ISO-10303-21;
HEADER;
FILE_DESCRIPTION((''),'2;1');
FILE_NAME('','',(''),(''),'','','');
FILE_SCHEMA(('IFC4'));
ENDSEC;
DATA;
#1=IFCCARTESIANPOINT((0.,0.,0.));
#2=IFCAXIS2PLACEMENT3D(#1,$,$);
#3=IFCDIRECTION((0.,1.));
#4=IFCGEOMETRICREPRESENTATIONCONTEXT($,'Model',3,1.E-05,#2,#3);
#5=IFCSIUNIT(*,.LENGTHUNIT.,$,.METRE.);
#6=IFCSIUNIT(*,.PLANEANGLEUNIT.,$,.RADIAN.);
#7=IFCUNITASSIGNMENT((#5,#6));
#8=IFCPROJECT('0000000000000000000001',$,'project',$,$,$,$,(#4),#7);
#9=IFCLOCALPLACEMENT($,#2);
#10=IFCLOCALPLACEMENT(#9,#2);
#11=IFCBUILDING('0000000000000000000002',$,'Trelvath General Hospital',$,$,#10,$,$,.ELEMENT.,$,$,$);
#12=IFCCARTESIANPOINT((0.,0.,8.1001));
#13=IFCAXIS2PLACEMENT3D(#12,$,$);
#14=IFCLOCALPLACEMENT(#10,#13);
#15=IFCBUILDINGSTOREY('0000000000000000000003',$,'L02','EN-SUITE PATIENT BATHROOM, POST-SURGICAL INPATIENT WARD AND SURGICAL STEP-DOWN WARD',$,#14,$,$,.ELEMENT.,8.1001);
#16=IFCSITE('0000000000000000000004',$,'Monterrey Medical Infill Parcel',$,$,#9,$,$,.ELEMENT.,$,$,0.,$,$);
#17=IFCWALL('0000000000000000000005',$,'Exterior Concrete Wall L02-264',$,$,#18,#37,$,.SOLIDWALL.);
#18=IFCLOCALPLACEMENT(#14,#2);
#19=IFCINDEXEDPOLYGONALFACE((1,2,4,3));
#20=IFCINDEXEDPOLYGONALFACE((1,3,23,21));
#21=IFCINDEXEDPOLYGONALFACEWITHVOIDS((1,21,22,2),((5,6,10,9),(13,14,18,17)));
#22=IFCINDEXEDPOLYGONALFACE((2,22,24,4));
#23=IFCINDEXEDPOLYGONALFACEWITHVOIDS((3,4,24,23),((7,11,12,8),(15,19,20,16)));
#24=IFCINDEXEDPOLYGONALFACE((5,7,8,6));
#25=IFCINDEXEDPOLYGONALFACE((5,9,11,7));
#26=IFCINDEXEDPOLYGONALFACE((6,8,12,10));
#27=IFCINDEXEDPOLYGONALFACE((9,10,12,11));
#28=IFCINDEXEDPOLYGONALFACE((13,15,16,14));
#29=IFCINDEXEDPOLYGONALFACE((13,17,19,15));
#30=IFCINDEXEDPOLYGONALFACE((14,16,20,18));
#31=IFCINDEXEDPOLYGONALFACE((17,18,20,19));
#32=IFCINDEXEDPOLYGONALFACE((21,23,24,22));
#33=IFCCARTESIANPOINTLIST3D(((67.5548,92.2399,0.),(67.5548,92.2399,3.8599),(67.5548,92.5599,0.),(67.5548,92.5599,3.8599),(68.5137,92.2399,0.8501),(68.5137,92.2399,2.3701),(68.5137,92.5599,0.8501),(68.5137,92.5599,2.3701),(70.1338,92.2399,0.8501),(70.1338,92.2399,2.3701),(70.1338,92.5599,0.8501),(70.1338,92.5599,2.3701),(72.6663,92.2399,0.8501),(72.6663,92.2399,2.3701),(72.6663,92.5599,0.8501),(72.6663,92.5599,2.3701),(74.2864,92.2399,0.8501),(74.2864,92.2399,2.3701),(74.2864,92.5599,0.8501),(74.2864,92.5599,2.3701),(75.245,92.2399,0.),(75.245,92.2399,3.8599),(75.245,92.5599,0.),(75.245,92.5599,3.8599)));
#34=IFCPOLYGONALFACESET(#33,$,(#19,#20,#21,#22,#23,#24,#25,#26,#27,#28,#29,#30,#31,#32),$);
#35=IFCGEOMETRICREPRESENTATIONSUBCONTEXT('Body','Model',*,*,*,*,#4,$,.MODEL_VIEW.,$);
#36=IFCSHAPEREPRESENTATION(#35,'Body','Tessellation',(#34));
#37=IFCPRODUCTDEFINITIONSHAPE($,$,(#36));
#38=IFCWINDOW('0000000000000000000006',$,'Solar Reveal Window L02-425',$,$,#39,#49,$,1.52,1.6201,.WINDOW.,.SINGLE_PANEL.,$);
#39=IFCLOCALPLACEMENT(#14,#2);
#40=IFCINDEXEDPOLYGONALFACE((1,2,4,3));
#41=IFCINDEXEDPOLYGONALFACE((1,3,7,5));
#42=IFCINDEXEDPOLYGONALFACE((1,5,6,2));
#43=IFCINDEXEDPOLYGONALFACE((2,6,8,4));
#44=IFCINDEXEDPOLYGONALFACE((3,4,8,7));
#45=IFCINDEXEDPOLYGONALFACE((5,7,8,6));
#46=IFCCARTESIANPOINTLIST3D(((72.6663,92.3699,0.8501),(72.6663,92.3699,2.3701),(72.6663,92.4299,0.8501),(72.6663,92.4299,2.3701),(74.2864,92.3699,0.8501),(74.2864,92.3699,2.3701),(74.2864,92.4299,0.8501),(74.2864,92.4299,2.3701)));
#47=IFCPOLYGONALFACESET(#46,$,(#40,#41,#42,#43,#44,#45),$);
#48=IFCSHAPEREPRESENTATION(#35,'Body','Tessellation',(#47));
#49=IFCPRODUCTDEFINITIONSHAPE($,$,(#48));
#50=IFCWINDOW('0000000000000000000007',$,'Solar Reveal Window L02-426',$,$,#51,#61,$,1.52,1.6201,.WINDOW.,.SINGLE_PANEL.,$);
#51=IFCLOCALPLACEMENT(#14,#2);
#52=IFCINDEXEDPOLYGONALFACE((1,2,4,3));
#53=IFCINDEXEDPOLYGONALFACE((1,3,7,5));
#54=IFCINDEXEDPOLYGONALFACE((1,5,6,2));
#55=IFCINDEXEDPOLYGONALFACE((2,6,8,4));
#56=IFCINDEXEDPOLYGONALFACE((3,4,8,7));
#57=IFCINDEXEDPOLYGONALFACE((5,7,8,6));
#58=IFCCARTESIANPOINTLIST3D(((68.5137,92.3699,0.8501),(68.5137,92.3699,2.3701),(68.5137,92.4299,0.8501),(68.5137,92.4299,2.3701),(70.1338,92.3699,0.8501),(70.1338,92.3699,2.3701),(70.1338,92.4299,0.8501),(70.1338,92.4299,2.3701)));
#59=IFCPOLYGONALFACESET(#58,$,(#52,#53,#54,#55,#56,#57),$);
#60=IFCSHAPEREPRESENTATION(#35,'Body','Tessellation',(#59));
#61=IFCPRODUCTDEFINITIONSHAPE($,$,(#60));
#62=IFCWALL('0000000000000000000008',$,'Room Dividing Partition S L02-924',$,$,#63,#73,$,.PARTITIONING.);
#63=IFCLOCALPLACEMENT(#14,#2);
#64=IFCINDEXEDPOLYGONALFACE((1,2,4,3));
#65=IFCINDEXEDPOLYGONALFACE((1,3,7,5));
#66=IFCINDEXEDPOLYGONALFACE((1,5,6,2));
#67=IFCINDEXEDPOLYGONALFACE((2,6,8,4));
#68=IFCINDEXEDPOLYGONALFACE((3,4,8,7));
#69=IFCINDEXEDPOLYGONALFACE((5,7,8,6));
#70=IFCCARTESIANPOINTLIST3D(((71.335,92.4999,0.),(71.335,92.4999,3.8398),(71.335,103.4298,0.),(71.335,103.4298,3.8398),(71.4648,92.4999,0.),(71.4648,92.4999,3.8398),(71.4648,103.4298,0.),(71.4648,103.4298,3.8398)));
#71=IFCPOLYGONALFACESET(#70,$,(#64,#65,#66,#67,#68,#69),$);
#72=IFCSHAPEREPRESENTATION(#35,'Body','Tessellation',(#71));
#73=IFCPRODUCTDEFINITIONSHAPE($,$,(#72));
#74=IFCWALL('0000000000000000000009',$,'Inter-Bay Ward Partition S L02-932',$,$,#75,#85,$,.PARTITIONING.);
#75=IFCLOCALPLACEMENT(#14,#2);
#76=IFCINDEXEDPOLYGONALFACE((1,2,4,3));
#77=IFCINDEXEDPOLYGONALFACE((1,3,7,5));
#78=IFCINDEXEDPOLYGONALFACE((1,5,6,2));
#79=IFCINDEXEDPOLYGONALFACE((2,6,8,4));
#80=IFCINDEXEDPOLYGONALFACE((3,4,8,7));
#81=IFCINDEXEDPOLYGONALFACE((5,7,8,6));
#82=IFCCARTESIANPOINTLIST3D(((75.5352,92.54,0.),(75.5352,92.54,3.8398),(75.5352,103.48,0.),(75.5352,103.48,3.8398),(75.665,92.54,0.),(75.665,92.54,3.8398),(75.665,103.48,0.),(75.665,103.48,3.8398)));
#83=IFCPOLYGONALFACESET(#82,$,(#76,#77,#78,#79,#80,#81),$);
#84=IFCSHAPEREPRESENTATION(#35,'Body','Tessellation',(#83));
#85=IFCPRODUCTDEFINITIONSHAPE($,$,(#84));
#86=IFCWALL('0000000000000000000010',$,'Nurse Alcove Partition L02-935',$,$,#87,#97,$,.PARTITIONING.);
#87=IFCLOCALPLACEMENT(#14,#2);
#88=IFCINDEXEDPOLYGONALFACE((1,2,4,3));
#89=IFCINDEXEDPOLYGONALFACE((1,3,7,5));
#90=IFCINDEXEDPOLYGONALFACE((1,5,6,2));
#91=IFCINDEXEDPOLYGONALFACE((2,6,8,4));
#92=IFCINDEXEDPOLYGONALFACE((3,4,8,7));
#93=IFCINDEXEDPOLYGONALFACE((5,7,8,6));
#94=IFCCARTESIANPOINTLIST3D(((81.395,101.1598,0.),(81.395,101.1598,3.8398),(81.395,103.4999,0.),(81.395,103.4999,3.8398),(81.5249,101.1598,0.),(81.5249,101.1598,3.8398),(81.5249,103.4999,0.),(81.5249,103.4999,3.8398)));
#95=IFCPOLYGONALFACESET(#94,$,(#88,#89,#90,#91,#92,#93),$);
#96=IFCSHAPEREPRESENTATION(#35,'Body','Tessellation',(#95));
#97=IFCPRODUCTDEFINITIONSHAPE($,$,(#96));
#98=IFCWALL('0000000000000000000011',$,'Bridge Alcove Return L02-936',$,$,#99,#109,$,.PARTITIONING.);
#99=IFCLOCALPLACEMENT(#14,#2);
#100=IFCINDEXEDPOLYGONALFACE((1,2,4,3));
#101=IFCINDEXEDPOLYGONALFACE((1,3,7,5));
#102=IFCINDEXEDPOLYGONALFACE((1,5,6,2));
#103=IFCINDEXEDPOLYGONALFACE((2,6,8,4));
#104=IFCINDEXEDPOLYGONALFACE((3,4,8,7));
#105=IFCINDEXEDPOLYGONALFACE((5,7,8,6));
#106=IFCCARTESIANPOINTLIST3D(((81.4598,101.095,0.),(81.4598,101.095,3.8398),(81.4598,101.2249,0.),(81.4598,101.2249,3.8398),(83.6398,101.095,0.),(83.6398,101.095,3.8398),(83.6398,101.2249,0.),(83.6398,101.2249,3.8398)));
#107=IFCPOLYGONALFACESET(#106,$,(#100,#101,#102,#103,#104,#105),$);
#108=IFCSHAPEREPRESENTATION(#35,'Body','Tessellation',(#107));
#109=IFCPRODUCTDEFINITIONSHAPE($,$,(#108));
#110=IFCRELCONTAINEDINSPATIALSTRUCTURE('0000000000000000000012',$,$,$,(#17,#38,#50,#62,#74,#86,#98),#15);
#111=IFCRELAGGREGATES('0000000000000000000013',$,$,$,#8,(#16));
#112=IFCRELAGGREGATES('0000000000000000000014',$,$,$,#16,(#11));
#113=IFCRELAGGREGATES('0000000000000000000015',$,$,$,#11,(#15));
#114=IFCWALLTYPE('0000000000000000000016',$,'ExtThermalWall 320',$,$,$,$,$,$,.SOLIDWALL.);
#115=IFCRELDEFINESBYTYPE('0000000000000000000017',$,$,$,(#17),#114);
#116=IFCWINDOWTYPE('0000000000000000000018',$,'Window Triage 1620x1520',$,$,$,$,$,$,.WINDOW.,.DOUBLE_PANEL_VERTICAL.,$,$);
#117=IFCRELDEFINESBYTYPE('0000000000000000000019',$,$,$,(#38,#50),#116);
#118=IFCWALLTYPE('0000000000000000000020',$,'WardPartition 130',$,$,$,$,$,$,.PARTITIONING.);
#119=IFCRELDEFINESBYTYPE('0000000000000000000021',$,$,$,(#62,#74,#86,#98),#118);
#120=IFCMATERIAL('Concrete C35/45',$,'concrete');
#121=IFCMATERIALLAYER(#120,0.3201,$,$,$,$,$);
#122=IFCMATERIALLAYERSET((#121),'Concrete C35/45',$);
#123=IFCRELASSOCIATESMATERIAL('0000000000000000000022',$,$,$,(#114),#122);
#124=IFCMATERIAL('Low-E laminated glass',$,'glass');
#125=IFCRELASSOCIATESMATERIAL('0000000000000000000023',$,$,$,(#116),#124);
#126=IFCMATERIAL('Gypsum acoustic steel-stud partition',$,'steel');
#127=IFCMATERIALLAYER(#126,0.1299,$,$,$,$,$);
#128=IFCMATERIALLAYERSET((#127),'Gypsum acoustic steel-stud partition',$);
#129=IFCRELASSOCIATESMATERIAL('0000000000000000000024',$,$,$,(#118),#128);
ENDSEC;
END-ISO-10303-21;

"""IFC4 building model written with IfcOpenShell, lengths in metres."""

from ifc_helpers import new_model, si_unit, direction, frame, frame_2d, origin, place, context, subcontext, project, spatial, rectangle, extrude, material, layer, layer_set, type_object, element, fill, save


model = new_model("IFC4")

# Units and contexts
model_context = context("Model", 3, precision=1e-05, world=origin(), true_north=direction((0.0, 1.0)))
body_context = subcontext(model_context, "Body", "Model", "MODEL_VIEW")
ifc_project = project(units=[si_unit("LENGTHUNIT", "METRE"), si_unit("PLANEANGLEUNIT", "RADIAN")], contexts=[model_context])

# Site, building, storey
site_placement = place(None, origin())
site = spatial("IfcSite", under=ifc_project, at=site_placement, Name="Monterrey Medical Infill Parcel", CompositionType="ELEMENT", RefElevation=0.0)
building_placement = place(site_placement, origin())
building = spatial("IfcBuilding", under=site, at=building_placement, Name="Trelvath General Hospital", CompositionType="ELEMENT")
storey_placement = place(building_placement, frame((0.0, 0.0, 8.1001)))
storey = spatial("IfcBuildingStorey", under=building, at=storey_placement, Name="L02", Description="EN-SUITE PATIENT BATHROOM, POST-SURGICAL INPATIENT WARD AND SURGICAL STEP-DOWN WARD", CompositionType="ELEMENT", Elevation=8.1001)

# Wall, openings, windows
ifc_material_1 = material(Name="Concrete C35/45", Category="concrete")
ifc_layer_1 = layer(ifc_material_1, 0.3201)
ifc_layer_set_1 = layer_set([ifc_layer_1], Name="Concrete C35/45")
wall_type_1 = type_object("IfcWallType", Name="ExtThermalWall 320", PredefinedType="SOLIDWALL", material=ifc_layer_set_1)
wall_1_placement = place(storey_placement, frame((75.2451, 92.3999, 0.0), z_axis=(0.0, 0.0, 1.0), x_axis=(-1.0, 0.0, 0.0)))
wall_1 = element("IfcWall", 1, at=wall_1_placement, inside=storey, type_object=wall_type_1, Name="Exterior Concrete Wall L02-264", PredefinedType="SOLIDWALL", context=body_context, shape_type="SweptSolid", body=[
    extrude(rectangle(XDim=7.6902, YDim=0.3201, at=frame_2d((3.8452, 0.0))), origin(), (0.0, 0.0, 1.0), 3.8599),
])
opening_1_placement = place(wall_1_placement, frame((0.9587, 0.0, 0.8501)))
opening_1 = element("IfcOpeningElement", 2, at=opening_1_placement, cuts=wall_1, PredefinedType="OPENING", context=body_context, shape_type="SweptSolid", body=[
    extrude(rectangle(XDim=1.6201, YDim=1.52, at=frame_2d((0.8101, 0.76))), frame((0.0, 0.1699, 0.0), z_axis=(0.0, -1.0, 0.0), x_axis=(1.0, 0.0, 0.0)), (0.0, 0.0, 1.0), 0.3401),
])
opening_2_placement = place(wall_1_placement, frame((5.1113, 0.0, 0.8501)))
opening_2 = element("IfcOpeningElement", 3, at=opening_2_placement, cuts=wall_1, PredefinedType="OPENING", context=body_context, shape_type="SweptSolid", body=[
    extrude(rectangle(XDim=1.6201, YDim=1.52, at=frame_2d((0.8101, 0.76))), frame((0.0, 0.1699, 0.0), z_axis=(0.0, -1.0, 0.0), x_axis=(1.0, 0.0, 0.0)), (0.0, 0.0, 1.0), 0.3401),
])
ifc_material_2 = material(Name="Low-E laminated glass", Category="glass")
window_type = type_object("IfcWindowType", Name="Window Triage 1620x1520", PartitioningType="DOUBLE_PANEL_VERTICAL", PredefinedType="WINDOW", material=ifc_material_2)
window_1_placement = place(opening_1_placement, origin())
window_1 = element("IfcWindow", 4, at=window_1_placement, inside=storey, type_object=window_type, Name="Solar Reveal Window L02-425", OverallHeight=1.52, OverallWidth=1.6201, PartitioningType="SINGLE_PANEL", PredefinedType="WINDOW", context=body_context, shape_type="SweptSolid", body=[
    extrude(rectangle(XDim=1.6201, YDim=1.52, at=frame_2d((0.8101, 0.76))), frame((0.0, 0.03, 0.0), z_axis=(0.0, -1.0, 0.0), x_axis=(1.0, 0.0, 0.0)), (0.0, 0.0, 1.0), 0.0601),
])
fill(opening_1, window_1)
window_2_placement = place(opening_2_placement, origin())
window_2 = element("IfcWindow", 5, at=window_2_placement, inside=storey, type_object=window_type, Name="Solar Reveal Window L02-426", OverallHeight=1.52, OverallWidth=1.6201, PartitioningType="SINGLE_PANEL", PredefinedType="WINDOW", context=body_context, shape_type="SweptSolid", body=[
    extrude(rectangle(XDim=1.6201, YDim=1.52, at=frame_2d((0.8101, 0.76))), frame((0.0, 0.03, 0.0), z_axis=(0.0, -1.0, 0.0), x_axis=(1.0, 0.0, 0.0)), (0.0, 0.0, 1.0), 0.0601),
])
fill(opening_2, window_2)

# Walls
ifc_material_3 = material(Name="Gypsum acoustic steel-stud partition", Category="steel")
ifc_layer_2 = layer(ifc_material_3, 0.1299)
ifc_layer_set_2 = layer_set([ifc_layer_2], Name="Gypsum acoustic steel-stud partition")
wall_type_2 = type_object("IfcWallType", Name="WardPartition 130", PredefinedType="PARTITIONING", material=ifc_layer_set_2)
wall_2_placement = place(storey_placement, frame((71.3999, 92.5, 0.0), z_axis=(0.0, 0.0, 1.0), x_axis=(0.0, 1.0, 0.0)))
element("IfcWall", 6, at=wall_2_placement, inside=storey, type_object=wall_type_2, Name="Room Dividing Partition S L02-924", PredefinedType="PARTITIONING", context=body_context, shape_type="SweptSolid", body=[
    extrude(rectangle(XDim=10.9299, YDim=0.1299, at=frame_2d((5.4648, 0.0))), origin(), (0.0, 0.0, 1.0), 3.8398),
])
wall_3_placement = place(storey_placement, frame((75.6001, 92.54, 0.0), z_axis=(0.0, 0.0, 1.0), x_axis=(0.0, 1.0, 0.0)))
element("IfcWall", 7, at=wall_3_placement, inside=storey, type_object=wall_type_2, Name="Inter-Bay Ward Partition S L02-932", PredefinedType="PARTITIONING", context=body_context, shape_type="SweptSolid", body=[
    extrude(rectangle(XDim=10.9399, YDim=0.1299, at=frame_2d((5.47, 0.0))), origin(), (0.0, 0.0, 1.0), 3.8398),
])
wall_4_placement = place(storey_placement, frame((81.46, 101.1599, 0.0), z_axis=(0.0, 0.0, 1.0), x_axis=(0.0, 1.0, 0.0)))
element("IfcWall", 8, at=wall_4_placement, inside=storey, type_object=wall_type_2, Name="Nurse Alcove Partition L02-935", PredefinedType="PARTITIONING", context=body_context, shape_type="SweptSolid", body=[
    extrude(rectangle(XDim=2.3401, YDim=0.1299, at=frame_2d((1.1699, 0.0))), origin(), (0.0, 0.0, 1.0), 3.8398),
])
wall_5_placement = place(storey_placement, frame((81.46, 101.1599, 0.0), z_axis=(0.0, 0.0, 1.0), x_axis=(1.0, 0.0, 0.0)))
element("IfcWall", 9, at=wall_5_placement, inside=storey, type_object=wall_type_2, Name="Bridge Alcove Return L02-936", PredefinedType="PARTITIONING", context=body_context, shape_type="SweptSolid", body=[
    extrude(rectangle(XDim=2.1799, YDim=0.1299, at=frame_2d((1.0898, 0.0))), origin(), (0.0, 0.0, 1.0), 3.8398),
])

save(model, "model.ifc")
